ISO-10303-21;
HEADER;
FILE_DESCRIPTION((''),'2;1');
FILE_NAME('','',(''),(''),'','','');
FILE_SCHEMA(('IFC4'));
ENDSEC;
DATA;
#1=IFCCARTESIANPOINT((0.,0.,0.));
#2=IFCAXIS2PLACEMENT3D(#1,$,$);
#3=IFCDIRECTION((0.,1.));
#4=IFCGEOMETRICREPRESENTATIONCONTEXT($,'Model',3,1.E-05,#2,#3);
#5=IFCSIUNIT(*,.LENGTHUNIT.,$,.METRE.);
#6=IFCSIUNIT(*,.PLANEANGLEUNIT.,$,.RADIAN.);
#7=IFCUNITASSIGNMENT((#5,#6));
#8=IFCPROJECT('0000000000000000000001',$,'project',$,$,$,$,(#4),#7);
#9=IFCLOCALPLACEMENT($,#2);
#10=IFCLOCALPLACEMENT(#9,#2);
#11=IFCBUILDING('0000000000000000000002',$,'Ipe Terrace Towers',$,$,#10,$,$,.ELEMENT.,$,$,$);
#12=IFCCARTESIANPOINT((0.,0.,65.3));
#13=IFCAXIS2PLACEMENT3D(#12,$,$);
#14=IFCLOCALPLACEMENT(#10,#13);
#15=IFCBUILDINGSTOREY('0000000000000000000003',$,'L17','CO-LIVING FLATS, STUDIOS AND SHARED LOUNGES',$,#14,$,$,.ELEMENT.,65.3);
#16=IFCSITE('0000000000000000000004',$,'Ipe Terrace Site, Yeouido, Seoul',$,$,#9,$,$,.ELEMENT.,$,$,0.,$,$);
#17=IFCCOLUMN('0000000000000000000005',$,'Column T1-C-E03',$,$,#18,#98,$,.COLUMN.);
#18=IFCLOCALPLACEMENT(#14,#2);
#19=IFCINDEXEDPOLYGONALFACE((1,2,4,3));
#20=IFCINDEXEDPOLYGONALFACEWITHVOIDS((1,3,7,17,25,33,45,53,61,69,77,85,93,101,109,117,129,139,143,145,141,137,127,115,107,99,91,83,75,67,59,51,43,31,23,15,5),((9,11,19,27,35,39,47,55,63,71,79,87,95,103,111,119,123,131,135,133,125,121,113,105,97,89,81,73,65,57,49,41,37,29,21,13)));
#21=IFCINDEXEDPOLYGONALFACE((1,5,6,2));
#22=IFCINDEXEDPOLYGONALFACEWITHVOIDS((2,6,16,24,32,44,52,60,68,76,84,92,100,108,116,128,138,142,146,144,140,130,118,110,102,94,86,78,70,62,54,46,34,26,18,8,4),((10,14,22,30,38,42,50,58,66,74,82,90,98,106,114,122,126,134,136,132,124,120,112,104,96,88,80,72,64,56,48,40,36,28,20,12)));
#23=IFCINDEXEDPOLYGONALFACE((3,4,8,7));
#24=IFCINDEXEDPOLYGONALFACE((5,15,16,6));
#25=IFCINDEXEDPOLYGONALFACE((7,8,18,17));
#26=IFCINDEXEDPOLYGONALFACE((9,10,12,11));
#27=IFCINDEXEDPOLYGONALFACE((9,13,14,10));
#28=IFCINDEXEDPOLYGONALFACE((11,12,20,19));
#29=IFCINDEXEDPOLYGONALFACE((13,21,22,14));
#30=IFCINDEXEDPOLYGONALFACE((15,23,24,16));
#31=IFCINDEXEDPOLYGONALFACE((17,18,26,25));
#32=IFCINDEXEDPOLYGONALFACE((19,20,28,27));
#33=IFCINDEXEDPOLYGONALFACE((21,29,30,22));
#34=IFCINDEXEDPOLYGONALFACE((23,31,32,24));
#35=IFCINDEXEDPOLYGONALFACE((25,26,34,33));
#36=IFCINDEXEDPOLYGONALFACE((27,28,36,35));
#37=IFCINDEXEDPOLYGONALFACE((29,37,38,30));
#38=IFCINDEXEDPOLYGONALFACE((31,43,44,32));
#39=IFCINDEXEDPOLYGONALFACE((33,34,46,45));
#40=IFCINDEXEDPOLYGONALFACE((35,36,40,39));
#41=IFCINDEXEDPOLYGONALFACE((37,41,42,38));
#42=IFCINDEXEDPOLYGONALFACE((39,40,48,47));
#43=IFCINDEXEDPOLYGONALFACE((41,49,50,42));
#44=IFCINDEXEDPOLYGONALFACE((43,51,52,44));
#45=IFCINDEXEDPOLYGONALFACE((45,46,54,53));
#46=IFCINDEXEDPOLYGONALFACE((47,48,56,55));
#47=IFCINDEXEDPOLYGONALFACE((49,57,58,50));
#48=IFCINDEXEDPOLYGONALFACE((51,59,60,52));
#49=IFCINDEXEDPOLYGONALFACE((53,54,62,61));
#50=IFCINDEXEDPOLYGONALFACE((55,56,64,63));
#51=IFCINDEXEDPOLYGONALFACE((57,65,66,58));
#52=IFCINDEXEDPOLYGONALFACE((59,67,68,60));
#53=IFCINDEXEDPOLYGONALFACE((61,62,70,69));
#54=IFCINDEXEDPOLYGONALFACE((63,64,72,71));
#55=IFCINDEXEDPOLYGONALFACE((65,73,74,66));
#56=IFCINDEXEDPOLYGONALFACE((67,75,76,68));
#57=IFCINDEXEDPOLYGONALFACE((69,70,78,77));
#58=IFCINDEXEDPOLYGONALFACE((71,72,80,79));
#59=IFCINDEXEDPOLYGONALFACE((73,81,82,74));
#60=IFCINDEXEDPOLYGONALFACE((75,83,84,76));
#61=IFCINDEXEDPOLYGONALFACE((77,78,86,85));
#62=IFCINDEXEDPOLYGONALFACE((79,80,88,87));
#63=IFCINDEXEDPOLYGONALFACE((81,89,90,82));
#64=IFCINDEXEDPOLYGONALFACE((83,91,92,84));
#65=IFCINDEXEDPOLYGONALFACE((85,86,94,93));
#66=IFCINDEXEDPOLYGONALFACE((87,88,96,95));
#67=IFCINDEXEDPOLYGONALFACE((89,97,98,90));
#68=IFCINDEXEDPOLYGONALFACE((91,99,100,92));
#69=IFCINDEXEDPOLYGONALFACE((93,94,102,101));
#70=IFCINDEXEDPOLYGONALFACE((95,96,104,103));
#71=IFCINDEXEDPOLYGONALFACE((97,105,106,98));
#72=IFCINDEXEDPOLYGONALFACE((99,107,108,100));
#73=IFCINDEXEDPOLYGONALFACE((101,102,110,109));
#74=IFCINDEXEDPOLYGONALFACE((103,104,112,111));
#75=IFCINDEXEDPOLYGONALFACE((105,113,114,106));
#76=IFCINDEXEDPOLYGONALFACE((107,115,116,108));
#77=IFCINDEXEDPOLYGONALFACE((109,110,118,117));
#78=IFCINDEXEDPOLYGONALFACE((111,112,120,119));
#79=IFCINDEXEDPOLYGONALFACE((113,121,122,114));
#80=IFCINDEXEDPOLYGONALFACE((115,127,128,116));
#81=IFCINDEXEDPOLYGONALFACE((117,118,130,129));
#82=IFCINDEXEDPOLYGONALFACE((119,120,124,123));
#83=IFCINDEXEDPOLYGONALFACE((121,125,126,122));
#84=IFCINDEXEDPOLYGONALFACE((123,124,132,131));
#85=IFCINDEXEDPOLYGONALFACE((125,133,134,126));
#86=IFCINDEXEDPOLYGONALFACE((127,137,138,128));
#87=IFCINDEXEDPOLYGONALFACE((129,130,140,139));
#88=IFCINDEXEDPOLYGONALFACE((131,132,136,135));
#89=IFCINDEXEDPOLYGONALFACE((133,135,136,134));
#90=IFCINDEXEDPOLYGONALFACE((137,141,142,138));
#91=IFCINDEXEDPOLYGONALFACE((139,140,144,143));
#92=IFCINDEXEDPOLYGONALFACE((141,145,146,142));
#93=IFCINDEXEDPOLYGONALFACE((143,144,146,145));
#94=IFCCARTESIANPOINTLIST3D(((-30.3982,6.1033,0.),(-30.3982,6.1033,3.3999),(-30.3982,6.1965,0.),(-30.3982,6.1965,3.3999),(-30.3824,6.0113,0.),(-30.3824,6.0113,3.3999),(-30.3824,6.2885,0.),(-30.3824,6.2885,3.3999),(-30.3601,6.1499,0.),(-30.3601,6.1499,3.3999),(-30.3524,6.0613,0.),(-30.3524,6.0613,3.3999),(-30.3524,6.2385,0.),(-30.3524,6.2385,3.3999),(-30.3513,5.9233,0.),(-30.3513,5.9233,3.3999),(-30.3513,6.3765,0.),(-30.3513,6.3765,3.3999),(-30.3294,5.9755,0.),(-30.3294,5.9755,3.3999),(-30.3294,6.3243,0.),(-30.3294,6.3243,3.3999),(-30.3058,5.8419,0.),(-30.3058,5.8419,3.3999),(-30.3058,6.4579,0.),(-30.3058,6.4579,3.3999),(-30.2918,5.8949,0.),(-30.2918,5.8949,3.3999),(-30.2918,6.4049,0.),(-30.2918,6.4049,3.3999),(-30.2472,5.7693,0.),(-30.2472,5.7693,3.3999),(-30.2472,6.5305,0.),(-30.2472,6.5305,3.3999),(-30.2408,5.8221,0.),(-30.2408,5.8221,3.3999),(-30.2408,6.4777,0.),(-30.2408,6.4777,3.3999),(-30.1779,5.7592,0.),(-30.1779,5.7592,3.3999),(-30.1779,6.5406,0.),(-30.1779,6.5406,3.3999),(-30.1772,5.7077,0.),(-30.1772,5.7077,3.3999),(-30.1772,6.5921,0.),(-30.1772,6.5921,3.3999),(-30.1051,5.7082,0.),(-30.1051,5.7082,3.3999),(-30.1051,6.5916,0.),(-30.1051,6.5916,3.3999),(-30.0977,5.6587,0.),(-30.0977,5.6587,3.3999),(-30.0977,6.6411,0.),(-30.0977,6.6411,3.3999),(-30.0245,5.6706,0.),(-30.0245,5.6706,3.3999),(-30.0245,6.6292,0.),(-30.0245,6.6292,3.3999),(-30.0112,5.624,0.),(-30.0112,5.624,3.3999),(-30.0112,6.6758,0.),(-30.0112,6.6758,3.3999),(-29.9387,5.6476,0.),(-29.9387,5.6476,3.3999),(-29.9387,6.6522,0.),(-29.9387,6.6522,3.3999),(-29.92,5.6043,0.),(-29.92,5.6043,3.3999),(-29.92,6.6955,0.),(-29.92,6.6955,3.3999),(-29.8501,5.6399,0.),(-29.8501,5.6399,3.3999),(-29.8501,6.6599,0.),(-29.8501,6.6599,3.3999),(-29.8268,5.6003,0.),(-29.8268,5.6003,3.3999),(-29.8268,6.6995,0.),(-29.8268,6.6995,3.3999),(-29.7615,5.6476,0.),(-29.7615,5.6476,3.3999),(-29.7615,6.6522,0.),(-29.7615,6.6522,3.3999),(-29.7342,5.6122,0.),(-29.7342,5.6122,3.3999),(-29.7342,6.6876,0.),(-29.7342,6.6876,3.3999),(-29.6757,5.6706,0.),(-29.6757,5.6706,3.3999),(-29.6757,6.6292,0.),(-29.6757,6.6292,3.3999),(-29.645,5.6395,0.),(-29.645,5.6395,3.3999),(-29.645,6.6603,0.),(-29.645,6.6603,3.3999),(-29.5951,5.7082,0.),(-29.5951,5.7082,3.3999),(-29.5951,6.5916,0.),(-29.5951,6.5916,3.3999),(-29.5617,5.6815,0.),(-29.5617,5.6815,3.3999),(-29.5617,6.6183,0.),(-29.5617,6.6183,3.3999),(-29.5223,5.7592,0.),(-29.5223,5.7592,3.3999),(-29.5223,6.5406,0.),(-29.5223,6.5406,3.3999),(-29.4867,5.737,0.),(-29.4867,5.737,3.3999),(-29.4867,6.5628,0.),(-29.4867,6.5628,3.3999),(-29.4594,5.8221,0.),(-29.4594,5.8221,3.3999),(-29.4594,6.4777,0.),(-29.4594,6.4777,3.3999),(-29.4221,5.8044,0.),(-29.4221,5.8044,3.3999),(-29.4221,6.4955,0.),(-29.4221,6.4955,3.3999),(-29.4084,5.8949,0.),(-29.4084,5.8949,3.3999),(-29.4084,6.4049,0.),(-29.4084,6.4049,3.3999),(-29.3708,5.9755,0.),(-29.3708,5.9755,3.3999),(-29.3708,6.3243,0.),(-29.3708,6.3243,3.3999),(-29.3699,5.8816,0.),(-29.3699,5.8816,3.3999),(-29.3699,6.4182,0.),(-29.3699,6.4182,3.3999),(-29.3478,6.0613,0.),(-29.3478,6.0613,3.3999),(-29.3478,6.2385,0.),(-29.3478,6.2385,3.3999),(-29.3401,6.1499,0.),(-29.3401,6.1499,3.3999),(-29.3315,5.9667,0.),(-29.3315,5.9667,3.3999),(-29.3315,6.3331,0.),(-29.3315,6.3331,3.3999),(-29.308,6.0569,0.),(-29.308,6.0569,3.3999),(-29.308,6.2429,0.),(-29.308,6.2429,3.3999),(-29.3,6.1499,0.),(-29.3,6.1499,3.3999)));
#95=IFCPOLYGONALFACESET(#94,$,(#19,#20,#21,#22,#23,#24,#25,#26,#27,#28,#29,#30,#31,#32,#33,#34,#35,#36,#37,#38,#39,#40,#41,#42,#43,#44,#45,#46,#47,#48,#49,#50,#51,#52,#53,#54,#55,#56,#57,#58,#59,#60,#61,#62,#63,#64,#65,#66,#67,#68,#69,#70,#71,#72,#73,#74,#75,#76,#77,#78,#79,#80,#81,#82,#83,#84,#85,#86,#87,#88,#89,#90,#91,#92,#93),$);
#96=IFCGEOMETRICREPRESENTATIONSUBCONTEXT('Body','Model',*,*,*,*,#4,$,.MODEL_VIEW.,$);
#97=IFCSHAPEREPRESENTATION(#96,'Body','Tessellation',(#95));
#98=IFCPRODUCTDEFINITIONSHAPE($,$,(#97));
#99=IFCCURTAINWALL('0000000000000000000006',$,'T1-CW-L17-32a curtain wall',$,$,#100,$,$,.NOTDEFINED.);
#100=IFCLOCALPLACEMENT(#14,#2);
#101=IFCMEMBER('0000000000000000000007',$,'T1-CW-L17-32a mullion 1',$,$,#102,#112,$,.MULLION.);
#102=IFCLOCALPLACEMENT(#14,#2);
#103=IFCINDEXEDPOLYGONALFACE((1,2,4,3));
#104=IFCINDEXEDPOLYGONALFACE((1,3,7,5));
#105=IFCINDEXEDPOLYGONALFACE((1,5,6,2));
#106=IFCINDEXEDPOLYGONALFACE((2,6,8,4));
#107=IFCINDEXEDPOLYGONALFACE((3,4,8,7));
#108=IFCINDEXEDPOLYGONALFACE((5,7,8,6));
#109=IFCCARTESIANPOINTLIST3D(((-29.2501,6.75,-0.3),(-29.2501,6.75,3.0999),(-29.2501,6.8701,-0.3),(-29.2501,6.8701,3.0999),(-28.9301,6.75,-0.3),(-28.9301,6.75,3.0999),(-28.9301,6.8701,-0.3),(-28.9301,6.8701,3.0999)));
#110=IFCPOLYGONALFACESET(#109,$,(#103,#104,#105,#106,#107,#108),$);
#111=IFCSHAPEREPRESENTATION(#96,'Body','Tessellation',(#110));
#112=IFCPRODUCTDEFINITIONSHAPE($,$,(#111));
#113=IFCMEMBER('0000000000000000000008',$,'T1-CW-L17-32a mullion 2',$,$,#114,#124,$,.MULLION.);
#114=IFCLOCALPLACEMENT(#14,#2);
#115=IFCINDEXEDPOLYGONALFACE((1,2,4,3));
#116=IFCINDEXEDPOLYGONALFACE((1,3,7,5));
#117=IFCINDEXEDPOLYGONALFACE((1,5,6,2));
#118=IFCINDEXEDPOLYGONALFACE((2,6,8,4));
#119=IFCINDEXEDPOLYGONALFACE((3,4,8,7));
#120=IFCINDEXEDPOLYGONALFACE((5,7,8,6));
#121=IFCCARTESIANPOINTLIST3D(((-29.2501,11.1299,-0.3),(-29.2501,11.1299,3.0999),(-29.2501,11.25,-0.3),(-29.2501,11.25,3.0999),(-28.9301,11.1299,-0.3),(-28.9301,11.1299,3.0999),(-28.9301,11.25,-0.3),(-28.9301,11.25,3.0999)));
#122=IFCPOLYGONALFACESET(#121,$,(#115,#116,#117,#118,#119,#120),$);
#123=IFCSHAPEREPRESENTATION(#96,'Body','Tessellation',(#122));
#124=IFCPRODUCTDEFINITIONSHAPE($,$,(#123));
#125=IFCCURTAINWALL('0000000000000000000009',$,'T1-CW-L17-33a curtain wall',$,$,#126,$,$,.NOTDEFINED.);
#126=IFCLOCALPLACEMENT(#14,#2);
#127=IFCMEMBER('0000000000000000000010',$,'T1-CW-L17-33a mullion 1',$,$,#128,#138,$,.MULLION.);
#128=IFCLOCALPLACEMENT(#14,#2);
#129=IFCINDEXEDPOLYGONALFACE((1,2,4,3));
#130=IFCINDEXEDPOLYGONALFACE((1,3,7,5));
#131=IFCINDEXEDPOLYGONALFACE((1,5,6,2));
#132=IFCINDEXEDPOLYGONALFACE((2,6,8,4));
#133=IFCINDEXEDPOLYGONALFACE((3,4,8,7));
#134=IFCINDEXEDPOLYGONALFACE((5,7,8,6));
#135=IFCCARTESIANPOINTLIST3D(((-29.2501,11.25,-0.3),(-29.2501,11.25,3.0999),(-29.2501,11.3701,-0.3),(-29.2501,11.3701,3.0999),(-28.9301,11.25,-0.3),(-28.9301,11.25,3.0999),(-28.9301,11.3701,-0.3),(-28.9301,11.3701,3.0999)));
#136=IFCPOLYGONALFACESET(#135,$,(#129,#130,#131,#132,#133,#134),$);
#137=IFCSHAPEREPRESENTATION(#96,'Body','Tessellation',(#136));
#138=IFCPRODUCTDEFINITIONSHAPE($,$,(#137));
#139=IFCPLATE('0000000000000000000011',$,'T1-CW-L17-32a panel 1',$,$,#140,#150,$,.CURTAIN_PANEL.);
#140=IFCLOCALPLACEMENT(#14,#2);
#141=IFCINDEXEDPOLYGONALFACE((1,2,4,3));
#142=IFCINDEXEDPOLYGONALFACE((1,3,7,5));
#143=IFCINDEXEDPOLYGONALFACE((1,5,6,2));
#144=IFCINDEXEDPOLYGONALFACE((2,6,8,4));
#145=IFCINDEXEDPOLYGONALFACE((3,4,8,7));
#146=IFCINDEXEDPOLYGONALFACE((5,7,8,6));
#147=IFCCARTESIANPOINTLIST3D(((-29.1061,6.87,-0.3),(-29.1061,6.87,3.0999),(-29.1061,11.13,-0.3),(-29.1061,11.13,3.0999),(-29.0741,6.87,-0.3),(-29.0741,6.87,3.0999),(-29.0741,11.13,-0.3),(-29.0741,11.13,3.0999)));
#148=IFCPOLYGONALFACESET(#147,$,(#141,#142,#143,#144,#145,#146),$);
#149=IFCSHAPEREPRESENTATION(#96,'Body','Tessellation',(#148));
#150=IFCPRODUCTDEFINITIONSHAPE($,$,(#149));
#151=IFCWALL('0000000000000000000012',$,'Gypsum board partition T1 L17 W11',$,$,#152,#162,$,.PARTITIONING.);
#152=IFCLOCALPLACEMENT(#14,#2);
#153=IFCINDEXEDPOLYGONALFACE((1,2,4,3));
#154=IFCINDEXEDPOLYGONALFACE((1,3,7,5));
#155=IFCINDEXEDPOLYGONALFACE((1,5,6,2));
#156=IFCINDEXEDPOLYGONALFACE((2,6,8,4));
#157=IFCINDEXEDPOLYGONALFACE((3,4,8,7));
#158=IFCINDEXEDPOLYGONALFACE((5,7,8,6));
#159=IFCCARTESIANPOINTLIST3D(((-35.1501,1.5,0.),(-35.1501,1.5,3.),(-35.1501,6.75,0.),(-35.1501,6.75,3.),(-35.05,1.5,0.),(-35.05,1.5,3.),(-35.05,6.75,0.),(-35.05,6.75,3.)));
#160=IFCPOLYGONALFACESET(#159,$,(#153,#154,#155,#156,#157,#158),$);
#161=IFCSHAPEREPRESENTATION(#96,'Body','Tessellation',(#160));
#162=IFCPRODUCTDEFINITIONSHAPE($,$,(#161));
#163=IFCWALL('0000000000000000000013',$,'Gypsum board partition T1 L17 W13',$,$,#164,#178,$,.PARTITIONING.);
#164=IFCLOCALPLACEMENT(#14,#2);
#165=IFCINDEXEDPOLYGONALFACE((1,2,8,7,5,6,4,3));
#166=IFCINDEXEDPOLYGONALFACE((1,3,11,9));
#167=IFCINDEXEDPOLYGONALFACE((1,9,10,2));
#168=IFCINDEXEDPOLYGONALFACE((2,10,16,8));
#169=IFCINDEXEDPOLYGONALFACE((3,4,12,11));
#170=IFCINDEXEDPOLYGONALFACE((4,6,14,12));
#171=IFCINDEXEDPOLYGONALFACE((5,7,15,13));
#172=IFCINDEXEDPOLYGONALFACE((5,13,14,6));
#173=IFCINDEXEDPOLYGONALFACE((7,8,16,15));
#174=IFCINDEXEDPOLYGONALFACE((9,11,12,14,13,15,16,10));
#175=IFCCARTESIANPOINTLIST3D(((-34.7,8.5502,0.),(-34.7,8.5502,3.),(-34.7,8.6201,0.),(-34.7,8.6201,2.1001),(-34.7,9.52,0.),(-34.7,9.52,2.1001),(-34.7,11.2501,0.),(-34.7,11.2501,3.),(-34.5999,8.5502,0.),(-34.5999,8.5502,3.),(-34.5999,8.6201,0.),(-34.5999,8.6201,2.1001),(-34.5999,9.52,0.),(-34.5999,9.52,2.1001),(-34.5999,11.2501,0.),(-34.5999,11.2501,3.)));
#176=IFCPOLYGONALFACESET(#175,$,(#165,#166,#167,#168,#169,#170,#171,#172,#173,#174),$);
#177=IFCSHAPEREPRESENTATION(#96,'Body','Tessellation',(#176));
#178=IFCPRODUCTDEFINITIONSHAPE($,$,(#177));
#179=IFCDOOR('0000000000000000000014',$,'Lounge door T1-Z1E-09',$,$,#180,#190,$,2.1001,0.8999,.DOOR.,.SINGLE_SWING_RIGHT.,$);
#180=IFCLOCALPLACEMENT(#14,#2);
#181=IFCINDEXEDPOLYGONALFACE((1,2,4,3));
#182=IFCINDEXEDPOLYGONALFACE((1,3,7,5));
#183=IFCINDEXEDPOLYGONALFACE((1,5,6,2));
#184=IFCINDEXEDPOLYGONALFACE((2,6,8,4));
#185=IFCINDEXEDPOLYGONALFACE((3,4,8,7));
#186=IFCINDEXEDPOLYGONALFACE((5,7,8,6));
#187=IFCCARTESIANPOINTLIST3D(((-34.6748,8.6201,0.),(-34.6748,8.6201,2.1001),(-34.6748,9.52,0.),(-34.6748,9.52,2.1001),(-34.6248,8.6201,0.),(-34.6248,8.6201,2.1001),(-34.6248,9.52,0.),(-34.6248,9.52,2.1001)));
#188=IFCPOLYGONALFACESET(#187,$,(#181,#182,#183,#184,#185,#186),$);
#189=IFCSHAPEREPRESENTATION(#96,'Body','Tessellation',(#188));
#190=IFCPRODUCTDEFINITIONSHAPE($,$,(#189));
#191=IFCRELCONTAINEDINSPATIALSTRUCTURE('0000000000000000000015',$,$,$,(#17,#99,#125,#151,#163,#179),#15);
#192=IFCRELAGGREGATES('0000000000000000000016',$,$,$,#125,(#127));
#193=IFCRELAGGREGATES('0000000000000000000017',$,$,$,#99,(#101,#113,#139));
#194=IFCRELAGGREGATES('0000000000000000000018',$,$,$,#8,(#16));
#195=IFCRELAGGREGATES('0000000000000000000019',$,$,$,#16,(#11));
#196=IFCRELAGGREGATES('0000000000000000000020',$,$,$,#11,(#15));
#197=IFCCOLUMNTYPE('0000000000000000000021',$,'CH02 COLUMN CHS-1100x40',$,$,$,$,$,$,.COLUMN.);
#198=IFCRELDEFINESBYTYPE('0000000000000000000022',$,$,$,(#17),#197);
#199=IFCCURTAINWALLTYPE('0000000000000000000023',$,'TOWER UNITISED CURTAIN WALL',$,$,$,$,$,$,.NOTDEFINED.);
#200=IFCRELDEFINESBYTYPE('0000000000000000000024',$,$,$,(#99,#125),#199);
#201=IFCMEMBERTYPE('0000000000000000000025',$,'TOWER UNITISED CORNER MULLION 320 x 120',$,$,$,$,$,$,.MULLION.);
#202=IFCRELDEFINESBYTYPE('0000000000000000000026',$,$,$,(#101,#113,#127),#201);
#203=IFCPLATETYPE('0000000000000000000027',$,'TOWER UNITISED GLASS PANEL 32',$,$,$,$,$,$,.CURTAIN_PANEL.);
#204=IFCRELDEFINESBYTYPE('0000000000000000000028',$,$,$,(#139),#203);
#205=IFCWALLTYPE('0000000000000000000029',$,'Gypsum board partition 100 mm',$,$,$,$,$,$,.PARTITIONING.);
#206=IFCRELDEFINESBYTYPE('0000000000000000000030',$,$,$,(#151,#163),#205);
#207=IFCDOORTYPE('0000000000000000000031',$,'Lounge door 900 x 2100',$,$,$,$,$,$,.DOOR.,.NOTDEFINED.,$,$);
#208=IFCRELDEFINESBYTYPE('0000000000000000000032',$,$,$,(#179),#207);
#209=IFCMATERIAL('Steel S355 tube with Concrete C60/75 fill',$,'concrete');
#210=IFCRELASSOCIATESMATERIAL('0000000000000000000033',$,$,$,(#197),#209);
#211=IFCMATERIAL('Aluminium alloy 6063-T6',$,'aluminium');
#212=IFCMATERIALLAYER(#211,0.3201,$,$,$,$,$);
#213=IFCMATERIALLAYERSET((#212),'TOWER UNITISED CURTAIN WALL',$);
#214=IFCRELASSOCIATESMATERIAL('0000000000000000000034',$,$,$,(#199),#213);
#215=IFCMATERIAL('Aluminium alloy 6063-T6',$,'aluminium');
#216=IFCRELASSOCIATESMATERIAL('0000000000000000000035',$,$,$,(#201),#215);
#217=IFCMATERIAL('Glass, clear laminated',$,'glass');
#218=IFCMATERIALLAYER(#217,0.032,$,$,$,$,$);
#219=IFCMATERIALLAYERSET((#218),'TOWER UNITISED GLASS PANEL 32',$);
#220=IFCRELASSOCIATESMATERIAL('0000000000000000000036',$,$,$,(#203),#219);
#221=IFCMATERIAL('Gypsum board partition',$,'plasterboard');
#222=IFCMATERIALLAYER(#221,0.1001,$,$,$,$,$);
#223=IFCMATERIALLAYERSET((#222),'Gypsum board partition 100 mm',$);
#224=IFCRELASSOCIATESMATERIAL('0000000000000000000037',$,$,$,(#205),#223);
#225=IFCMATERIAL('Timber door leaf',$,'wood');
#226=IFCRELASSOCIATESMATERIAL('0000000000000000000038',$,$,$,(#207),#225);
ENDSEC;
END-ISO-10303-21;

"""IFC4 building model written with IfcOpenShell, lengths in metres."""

from ifc_helpers import new_model, si_unit, direction, frame, frame_2d, origin, origin_2d, place, context, subcontext, project, spatial, rectangle, hollow_circle, extrude, material, layer, layer_set, material_profile, profile_set, type_object, element, fill, aggregate, save


model = new_model("IFC4")

# Units and contexts
model_context = context("Model", 3, precision=1e-05, world=origin(), true_north=direction((0.0, 1.0)))
body_context = subcontext(model_context, "Body", "Model", "MODEL_VIEW")
ifc_project = project(units=[si_unit("LENGTHUNIT", "METRE"), si_unit("PLANEANGLEUNIT", "RADIAN")], contexts=[model_context])

# Site, building, storey
site_placement = place(None, origin())
site = spatial("IfcSite", under=ifc_project, at=site_placement, Name="Ipe Terrace Site, Yeouido, Seoul", CompositionType="ELEMENT", RefElevation=0.0)
building_placement = place(site_placement, origin())
building = spatial("IfcBuilding", under=site, at=building_placement, Name="Ipe Terrace Towers", CompositionType="ELEMENT")
storey_placement = place(building_placement, frame((0.0, 0.0, 65.3)))
storey = spatial("IfcBuildingStorey", under=building, at=storey_placement, Name="L17", Description="CO-LIVING FLATS, STUDIOS AND SHARED LOUNGES", CompositionType="ELEMENT", Elevation=65.3)

# Column
ifc_material_1 = material(Name="Steel S355 tube with Concrete C60/75 fill", Category="concrete")
ifc_material_profile_1 = material_profile(ifc_material_1, hollow_circle(Radius=0.55, WallThickness=0.04, at=origin_2d()), Name="CHS-1100x40")
ifc_profile_set_1 = profile_set([ifc_material_profile_1], Name="Steel S355 tube with Concrete C60/75 fill")
column_type = type_object("IfcColumnType", Name="CH02 COLUMN CHS-1100x40", PredefinedType="COLUMN", material=ifc_profile_set_1)
column_placement = place(storey_placement, frame((-29.8501, 6.1499, 0.0), z_axis=(0.0, 0.0, 1.0), x_axis=(1.0, 0.0, 0.0)))
element("IfcColumn", 1, at=column_placement, inside=storey, type_object=column_type, Name="Column T1-C-E03", PredefinedType="COLUMN", context=body_context, shape_type="SweptSolid", body=[
    extrude(hollow_circle(Radius=0.55, WallThickness=0.04, at=origin_2d()), origin(), (0.0, 0.0, 1.0), 3.3999),
])

# Curtain wall, members
ifc_material_2 = material(Name="Aluminium alloy 6063-T6", Category="aluminium")
ifc_layer_1 = layer(ifc_material_2, 0.3201)
ifc_layer_set_1 = layer_set([ifc_layer_1], Name="TOWER UNITISED CURTAIN WALL")
curtain_wall_type = type_object("IfcCurtainWallType", Name="TOWER UNITISED CURTAIN WALL", PredefinedType="NOTDEFINED", material=ifc_layer_set_1)
curtain_wall_1_placement = place(storey_placement, origin())
curtain_wall_1 = element("IfcCurtainWall", 2, at=curtain_wall_1_placement, inside=storey, type_object=curtain_wall_type, Name="T1-CW-L17-32a curtain wall", PredefinedType="NOTDEFINED")
ifc_material_3 = material(Name="Aluminium alloy 6063-T6", Category="aluminium")
ifc_material_profile_2 = material_profile(ifc_material_3, rectangle(XDim=0.3201, YDim=0.1201, at=origin_2d()), Name="TOWER UNITISED CORNER MULLION 320 x 120")
ifc_profile_set_2 = profile_set([ifc_material_profile_2], Name="Aluminium alloy 6063-T6")
member_type = type_object("IfcMemberType", Name="TOWER UNITISED CORNER MULLION 320 x 120", PredefinedType="MULLION", material=ifc_profile_set_2)
member_1_placement = place(storey_placement, frame((-29.0901, 6.8101, -0.3), z_axis=(0.0, 0.0, 1.0), x_axis=(1.0, 0.0, 0.0)))
member_1 = element("IfcMember", 3, at=member_1_placement, type_object=member_type, Name="T1-CW-L17-32a mullion 1", PredefinedType="MULLION", context=body_context, shape_type="SweptSolid", body=[
    extrude(rectangle(XDim=0.3201, YDim=0.1201, at=origin_2d()), origin(), (0.0, 0.0, 1.0), 3.3999),
])
member_2_placement = place(storey_placement, frame((-29.0901, 11.1899, -0.3), z_axis=(0.0, 0.0, 1.0), x_axis=(1.0, 0.0, 0.0)))
member_2 = element("IfcMember", 4, at=member_2_placement, type_object=member_type, Name="T1-CW-L17-32a mullion 2", PredefinedType="MULLION", context=body_context, shape_type="SweptSolid", body=[
    extrude(rectangle(XDim=0.3201, YDim=0.1201, at=origin_2d()), origin(), (0.0, 0.0, 1.0), 3.3999),
])

# Curtain wall, member
curtain_wall_2_placement = place(storey_placement, origin())
curtain_wall_2 = element("IfcCurtainWall", 5, at=curtain_wall_2_placement, inside=storey, type_object=curtain_wall_type, Name="T1-CW-L17-33a curtain wall", PredefinedType="NOTDEFINED")
member_3_placement = place(storey_placement, frame((-29.0901, 11.3101, -0.3), z_axis=(0.0, 0.0, 1.0), x_axis=(1.0, 0.0, 0.0)))
member_3 = element("IfcMember", 6, at=member_3_placement, type_object=member_type, Name="T1-CW-L17-33a mullion 1", PredefinedType="MULLION", context=body_context, shape_type="SweptSolid", body=[
    extrude(rectangle(XDim=0.3201, YDim=0.1201, at=origin_2d()), origin(), (0.0, 0.0, 1.0), 3.3999),
])
aggregate(curtain_wall_2, [member_3])

# Plate
ifc_material_4 = material(Name="Glass, clear laminated", Category="glass")
ifc_layer_2 = layer(ifc_material_4, 0.032)
ifc_layer_set_2 = layer_set([ifc_layer_2], Name="TOWER UNITISED GLASS PANEL 32")
plate_type = type_object("IfcPlateType", Name="TOWER UNITISED GLASS PANEL 32", PredefinedType="CURTAIN_PANEL", material=ifc_layer_set_2)
plate_placement = place(storey_placement, frame((-29.0901, 9.0, -0.3), z_axis=(0.0, 0.0, 1.0), x_axis=(0.0, 1.0, 0.0)))
plate = element("IfcPlate", 7, at=plate_placement, type_object=plate_type, Name="T1-CW-L17-32a panel 1", PredefinedType="CURTAIN_PANEL", context=body_context, shape_type="SweptSolid", body=[
    extrude(rectangle(XDim=4.26, YDim=0.032, at=origin_2d()), origin(), (0.0, 0.0, 1.0), 3.3999),
])
aggregate(curtain_wall_1, [member_1, member_2, plate])

# Wall
ifc_material_5 = material(Name="Gypsum board partition", Category="plasterboard")
ifc_layer_3 = layer(ifc_material_5, 0.1001)
ifc_layer_set_3 = layer_set([ifc_layer_3], Name="Gypsum board partition 100 mm")
wall_type_1 = type_object("IfcWallType", Name="Gypsum board partition 100 mm", PredefinedType="PARTITIONING", material=ifc_layer_set_3)
wall_1_placement = place(storey_placement, frame((-35.1001, 1.5, 0.0), z_axis=(0.0, 0.0, 1.0), x_axis=(0.0, 1.0, 0.0)))
element("IfcWall", 8, at=wall_1_placement, inside=storey, type_object=wall_type_1, Name="Gypsum board partition T1 L17 W11", PredefinedType="PARTITIONING", context=body_context, shape_type="SweptSolid", body=[
    extrude(rectangle(XDim=5.25, YDim=0.1001, at=frame_2d((2.625, 0.0))), origin(), (0.0, 0.0, 1.0), 3.0),
])

# Wall, opening, door
wall_2_placement = place(storey_placement, frame((-34.6499, 8.55, 0.0), z_axis=(0.0, 0.0, 1.0), x_axis=(0.0, 1.0, 0.0)))
wall_2 = element("IfcWall", 9, at=wall_2_placement, inside=storey, type_object=wall_type_1, Name="Gypsum board partition T1 L17 W13", PredefinedType="PARTITIONING", context=body_context, shape_type="SweptSolid", body=[
    extrude(rectangle(XDim=2.7, YDim=0.1001, at=frame_2d((1.3501, 0.0))), origin(), (0.0, 0.0, 1.0), 3.0),
])
opening_1_placement = place(wall_2_placement, frame((0.0701, 0.0, 0.0)))
opening_1 = element("IfcOpeningElement", 10, at=opening_1_placement, cuts=wall_2, PredefinedType="OPENING", context=body_context, shape_type="SweptSolid", body=[
    extrude(rectangle(XDim=0.8999, YDim=2.1001, at=frame_2d((0.45, 1.05))), frame((0.0, 0.0601, 0.0), z_axis=(0.0, -1.0, 0.0), x_axis=(1.0, 0.0, 0.0)), (0.0, 0.0, 1.0), 0.1201),
])
ifc_material_6 = material(Name="Timber door leaf", Category="wood")
door_type_1 = type_object("IfcDoorType", Name="Lounge door 900 x 2100", OperationType="NOTDEFINED", PredefinedType="DOOR", material=ifc_material_6)
door_1_placement = place(opening_1_placement, origin())
door_1 = element("IfcDoor", 11, at=door_1_placement, inside=storey, type_object=door_type_1, Name="Lounge door T1-Z1E-09", OperationType="SINGLE_SWING_RIGHT", OverallHeight=2.1001, OverallWidth=0.8999, PredefinedType="DOOR", context=body_context, shape_type="SweptSolid", body=[
    extrude(rectangle(XDim=0.8999, YDim=2.1001, at=frame_2d((0.45, 1.05))), frame((0.0, 0.0249, 0.0), z_axis=(0.0, -1.0, 0.0), x_axis=(1.0, 0.0, 0.0)), (0.0, 0.0, 1.0), 0.05),
])
fill(opening_1, door_1)

save(model, "model.ifc")
